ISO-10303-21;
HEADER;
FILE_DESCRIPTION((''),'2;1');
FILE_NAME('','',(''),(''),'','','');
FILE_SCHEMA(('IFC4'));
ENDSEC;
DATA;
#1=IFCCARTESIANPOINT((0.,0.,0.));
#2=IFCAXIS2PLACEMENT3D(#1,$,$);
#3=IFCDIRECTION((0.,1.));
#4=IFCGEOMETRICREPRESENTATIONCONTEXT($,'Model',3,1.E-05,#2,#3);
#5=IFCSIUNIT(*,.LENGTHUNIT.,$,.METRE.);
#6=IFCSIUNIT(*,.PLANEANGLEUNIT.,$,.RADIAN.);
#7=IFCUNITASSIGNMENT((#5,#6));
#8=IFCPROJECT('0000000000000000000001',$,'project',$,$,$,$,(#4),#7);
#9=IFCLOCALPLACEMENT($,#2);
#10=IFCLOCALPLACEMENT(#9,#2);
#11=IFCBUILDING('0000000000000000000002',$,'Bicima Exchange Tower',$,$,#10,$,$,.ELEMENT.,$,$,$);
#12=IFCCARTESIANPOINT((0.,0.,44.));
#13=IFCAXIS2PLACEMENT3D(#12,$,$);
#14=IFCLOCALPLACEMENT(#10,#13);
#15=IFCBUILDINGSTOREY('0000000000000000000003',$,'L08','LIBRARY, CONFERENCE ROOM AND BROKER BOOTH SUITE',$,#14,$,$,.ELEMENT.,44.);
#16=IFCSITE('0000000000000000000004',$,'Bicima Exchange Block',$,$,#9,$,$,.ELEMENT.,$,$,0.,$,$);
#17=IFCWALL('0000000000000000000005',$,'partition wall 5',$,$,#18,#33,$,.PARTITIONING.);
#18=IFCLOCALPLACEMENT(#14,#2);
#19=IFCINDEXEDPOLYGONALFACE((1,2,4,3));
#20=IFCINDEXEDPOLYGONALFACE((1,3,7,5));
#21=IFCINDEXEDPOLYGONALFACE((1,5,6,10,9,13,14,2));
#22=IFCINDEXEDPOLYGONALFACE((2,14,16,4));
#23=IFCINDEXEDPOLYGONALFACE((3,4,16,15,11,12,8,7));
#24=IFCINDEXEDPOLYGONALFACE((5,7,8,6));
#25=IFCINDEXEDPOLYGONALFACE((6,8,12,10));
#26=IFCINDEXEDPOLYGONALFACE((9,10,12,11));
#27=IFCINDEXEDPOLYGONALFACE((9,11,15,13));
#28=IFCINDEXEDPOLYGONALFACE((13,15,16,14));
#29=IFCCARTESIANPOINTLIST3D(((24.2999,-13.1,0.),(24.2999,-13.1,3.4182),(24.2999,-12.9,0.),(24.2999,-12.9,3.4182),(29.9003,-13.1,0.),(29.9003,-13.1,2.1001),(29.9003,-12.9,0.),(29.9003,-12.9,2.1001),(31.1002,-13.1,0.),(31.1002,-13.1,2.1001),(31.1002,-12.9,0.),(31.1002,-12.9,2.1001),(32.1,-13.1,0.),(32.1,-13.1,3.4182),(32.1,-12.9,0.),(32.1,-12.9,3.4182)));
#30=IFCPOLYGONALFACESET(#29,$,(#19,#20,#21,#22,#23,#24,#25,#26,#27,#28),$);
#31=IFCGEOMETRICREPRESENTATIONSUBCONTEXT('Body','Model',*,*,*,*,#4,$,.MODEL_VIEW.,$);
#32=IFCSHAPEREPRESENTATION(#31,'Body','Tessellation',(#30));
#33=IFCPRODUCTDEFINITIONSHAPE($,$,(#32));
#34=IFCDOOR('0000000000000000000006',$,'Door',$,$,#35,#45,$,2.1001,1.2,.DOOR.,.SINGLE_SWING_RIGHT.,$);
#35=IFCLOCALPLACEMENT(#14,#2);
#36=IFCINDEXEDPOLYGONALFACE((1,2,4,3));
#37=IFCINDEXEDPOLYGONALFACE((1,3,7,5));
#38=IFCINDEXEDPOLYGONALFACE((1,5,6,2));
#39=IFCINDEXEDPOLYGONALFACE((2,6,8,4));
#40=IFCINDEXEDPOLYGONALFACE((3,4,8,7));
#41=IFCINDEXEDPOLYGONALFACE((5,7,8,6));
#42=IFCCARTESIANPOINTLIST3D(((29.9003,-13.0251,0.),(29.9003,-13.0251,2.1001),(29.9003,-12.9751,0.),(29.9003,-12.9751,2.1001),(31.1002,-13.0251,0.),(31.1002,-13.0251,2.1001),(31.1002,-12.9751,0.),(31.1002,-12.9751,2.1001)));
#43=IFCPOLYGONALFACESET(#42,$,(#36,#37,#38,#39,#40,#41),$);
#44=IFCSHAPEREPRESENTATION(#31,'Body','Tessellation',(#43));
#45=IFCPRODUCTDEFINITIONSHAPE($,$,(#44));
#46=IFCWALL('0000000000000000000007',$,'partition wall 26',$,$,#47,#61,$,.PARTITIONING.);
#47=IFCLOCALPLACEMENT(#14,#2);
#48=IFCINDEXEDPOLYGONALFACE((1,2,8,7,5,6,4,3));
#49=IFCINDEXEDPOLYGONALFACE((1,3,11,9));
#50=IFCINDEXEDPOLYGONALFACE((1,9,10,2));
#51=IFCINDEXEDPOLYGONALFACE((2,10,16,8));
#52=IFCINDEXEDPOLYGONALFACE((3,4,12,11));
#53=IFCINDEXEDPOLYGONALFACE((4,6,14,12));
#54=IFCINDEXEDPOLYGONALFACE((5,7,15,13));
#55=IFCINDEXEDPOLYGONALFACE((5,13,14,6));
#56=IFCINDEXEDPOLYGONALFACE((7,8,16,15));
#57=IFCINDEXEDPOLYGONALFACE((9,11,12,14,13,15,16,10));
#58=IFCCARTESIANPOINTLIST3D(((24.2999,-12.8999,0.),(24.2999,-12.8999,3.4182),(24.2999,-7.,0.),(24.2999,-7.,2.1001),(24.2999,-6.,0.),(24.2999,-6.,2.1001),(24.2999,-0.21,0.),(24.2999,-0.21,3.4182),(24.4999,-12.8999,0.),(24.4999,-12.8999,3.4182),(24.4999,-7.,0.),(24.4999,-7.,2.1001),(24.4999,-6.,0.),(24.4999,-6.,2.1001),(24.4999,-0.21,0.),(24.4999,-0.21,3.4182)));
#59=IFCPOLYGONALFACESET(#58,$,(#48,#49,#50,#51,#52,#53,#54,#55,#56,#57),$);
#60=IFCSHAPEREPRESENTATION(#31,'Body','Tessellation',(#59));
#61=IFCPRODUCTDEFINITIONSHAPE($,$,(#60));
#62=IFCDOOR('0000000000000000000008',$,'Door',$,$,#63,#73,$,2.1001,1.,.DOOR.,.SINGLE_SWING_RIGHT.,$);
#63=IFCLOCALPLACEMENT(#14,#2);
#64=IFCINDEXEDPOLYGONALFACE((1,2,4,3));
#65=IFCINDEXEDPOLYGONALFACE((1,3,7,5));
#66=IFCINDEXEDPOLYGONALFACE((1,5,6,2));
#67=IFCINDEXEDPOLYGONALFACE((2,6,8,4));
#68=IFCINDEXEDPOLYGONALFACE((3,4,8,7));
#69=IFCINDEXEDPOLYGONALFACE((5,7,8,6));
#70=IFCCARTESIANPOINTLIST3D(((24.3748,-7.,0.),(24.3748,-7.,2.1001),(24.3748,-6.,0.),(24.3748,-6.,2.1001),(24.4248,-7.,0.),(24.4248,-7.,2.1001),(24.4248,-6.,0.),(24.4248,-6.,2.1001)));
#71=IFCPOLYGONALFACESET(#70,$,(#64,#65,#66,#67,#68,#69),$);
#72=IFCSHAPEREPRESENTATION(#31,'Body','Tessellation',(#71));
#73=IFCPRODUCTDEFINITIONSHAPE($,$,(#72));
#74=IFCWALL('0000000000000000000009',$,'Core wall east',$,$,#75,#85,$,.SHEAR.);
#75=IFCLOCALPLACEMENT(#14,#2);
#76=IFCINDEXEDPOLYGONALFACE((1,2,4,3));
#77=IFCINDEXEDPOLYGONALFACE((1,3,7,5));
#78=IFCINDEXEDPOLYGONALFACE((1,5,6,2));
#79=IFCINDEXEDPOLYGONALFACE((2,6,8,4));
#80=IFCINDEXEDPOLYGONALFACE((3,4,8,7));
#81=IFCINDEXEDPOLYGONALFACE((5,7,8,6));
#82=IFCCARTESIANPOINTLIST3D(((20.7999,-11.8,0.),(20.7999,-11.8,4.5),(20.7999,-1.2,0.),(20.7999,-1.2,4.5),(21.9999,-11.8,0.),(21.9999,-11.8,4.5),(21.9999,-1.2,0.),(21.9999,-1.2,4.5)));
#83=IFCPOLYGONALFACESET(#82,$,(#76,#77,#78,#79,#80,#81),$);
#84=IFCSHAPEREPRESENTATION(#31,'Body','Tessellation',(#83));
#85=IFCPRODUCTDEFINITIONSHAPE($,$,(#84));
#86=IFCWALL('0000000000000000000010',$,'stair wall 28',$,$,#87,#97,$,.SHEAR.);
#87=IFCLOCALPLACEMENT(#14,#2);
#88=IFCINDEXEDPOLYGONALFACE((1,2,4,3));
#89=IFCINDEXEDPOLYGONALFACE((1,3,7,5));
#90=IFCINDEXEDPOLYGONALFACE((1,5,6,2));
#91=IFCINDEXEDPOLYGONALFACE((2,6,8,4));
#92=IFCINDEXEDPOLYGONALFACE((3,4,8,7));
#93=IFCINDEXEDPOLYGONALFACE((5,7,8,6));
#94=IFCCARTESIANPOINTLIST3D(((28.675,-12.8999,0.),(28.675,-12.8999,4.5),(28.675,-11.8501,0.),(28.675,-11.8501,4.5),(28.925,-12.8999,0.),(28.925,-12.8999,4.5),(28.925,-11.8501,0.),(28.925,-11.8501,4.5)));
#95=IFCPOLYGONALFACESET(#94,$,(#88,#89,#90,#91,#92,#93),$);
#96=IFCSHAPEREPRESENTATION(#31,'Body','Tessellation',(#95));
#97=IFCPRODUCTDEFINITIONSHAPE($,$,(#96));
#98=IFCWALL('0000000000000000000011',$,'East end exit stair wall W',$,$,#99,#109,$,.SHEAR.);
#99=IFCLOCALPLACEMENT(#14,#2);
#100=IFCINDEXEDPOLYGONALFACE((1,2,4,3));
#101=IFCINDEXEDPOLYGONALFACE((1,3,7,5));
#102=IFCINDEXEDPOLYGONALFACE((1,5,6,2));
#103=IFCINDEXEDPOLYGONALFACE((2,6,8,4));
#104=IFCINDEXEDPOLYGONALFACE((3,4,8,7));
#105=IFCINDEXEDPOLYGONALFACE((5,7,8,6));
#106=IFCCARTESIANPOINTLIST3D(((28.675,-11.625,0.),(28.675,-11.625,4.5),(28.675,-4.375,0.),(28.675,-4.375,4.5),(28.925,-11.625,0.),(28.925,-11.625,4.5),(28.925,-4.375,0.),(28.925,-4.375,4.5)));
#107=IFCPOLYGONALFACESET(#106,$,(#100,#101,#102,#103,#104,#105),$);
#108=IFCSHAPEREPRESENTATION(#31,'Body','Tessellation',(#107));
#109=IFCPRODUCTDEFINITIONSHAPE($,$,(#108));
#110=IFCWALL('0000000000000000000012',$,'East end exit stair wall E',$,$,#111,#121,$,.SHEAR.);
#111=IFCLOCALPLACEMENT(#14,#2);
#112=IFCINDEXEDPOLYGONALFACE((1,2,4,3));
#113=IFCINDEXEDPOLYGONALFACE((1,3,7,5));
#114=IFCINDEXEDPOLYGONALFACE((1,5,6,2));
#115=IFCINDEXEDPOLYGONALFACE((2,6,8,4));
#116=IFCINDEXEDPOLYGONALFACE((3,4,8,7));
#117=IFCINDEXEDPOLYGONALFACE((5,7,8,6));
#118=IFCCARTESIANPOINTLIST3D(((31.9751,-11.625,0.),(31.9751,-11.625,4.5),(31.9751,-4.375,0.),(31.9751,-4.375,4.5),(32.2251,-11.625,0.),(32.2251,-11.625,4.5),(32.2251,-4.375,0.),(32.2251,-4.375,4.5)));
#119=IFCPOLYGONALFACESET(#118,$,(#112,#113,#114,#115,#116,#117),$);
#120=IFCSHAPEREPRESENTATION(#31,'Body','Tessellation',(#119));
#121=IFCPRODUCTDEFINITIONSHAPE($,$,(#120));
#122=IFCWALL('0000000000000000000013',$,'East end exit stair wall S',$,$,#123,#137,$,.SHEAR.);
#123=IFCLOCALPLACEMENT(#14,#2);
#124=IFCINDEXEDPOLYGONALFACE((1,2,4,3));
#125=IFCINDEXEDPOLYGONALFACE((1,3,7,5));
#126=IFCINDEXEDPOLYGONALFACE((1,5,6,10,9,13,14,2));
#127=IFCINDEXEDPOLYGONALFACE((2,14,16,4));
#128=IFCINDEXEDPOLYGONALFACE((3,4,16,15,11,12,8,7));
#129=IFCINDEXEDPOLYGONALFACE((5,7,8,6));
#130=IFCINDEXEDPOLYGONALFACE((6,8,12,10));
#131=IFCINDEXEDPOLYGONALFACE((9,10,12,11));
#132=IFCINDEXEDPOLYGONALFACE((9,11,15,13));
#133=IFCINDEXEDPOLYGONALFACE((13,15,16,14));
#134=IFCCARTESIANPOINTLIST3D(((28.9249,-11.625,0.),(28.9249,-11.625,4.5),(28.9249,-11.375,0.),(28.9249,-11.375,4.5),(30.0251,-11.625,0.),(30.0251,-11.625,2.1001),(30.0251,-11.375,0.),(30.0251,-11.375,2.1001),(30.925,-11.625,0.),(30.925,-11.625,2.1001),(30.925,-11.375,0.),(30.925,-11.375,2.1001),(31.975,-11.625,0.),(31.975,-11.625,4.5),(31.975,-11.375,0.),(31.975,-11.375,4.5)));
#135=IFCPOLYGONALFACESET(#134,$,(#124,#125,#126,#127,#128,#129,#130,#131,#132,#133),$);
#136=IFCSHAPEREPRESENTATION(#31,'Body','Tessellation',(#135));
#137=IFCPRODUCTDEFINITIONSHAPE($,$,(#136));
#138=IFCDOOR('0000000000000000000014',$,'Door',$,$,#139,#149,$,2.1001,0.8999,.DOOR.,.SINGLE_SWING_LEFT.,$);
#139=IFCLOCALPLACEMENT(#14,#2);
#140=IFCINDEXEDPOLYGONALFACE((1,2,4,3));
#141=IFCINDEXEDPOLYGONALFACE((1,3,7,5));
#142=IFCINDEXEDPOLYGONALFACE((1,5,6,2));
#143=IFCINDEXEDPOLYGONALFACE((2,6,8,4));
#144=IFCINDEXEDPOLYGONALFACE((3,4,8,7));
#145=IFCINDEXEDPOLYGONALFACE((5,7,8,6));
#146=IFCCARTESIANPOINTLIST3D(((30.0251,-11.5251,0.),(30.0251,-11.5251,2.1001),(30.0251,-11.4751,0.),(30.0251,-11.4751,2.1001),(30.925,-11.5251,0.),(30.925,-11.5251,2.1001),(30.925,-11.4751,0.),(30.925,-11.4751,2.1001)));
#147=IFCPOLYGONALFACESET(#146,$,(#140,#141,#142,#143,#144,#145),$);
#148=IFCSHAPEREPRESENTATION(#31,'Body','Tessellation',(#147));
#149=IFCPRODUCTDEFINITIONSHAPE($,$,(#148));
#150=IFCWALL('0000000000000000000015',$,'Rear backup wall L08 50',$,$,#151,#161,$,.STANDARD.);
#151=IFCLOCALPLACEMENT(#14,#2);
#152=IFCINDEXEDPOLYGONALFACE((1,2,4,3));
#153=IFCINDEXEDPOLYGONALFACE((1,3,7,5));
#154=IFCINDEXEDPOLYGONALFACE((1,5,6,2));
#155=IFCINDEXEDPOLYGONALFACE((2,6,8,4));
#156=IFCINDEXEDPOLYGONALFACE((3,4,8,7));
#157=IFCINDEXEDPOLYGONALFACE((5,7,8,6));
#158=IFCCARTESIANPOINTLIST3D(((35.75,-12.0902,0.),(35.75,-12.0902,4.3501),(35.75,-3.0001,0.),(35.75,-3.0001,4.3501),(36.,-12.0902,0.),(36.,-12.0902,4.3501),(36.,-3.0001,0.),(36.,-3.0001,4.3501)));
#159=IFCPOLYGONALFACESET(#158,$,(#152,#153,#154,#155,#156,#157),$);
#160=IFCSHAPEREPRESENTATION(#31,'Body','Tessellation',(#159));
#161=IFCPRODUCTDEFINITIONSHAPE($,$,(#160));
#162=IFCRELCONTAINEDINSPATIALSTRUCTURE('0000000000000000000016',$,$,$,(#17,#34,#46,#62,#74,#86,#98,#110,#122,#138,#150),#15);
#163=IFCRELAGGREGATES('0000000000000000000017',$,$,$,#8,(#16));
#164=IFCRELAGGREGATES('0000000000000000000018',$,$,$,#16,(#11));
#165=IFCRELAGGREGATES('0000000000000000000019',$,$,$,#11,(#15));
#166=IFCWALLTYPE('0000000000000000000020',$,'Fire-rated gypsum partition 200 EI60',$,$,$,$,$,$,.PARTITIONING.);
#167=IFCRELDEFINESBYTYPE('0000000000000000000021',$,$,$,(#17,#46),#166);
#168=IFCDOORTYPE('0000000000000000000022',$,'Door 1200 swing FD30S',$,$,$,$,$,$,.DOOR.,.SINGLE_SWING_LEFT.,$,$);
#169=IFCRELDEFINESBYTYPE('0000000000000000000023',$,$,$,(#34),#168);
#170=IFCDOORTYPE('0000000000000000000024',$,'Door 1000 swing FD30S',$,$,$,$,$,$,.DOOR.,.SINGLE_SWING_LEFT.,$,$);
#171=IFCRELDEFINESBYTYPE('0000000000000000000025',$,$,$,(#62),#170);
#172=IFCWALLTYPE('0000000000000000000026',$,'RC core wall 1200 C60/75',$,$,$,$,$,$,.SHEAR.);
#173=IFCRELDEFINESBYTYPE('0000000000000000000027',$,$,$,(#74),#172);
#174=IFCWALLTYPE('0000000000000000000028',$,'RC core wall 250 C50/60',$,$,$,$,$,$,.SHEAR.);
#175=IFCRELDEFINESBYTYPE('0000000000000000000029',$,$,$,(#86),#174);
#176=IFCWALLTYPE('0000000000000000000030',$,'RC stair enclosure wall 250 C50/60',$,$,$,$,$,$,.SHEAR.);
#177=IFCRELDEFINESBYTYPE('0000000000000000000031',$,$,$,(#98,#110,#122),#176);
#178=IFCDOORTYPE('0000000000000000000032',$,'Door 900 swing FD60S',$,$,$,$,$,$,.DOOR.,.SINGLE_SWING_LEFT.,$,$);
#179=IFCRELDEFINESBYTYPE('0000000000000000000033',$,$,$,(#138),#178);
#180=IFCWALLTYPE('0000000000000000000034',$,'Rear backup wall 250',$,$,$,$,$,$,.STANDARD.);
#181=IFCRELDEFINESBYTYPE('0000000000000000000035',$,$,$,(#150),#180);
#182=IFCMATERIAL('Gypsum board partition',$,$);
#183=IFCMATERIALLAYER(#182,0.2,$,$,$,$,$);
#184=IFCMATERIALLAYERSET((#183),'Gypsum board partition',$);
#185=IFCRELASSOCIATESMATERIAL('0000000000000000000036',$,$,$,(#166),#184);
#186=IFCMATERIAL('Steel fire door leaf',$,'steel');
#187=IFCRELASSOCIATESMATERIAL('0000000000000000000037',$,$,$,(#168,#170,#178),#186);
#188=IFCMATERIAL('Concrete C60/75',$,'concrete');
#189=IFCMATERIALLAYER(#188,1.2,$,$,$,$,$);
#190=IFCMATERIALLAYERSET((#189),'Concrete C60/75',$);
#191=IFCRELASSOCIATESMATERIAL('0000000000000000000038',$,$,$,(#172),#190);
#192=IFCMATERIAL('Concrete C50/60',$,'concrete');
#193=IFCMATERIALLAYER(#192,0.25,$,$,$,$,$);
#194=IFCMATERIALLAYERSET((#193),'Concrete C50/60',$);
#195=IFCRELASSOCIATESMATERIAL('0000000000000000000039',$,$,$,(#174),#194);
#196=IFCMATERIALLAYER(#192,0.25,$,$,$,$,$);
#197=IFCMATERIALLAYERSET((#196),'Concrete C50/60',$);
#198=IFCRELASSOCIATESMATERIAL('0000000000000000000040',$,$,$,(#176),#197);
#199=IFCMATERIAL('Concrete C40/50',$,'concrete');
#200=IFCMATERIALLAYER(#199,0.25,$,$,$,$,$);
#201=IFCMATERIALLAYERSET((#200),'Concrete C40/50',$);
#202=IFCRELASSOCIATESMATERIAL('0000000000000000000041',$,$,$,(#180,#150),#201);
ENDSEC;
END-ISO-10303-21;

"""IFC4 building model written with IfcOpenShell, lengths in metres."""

from ifc_helpers import new_model, si_unit, direction, frame, frame_2d, origin, place, context, subcontext, project, spatial, rectangle, extrude, material, layer, layer_set, layer_usage, type_object, element, fill, save


model = new_model("IFC4")

# Units and contexts
model_context = context("Model", 3, precision=1e-05, world=origin(), true_north=direction((0.0, 1.0)))
body_context = subcontext(model_context, "Body", "Model", "MODEL_VIEW")
ifc_project = project(units=[si_unit("LENGTHUNIT", "METRE"), si_unit("PLANEANGLEUNIT", "RADIAN")], contexts=[model_context])

# Site, building, storey
site_placement = place(None, origin())
site = spatial("IfcSite", under=ifc_project, at=site_placement, Name="Bicima Exchange Block", CompositionType="ELEMENT", RefElevation=0.0)
building_placement = place(site_placement, origin())
building = spatial("IfcBuilding", under=site, at=building_placement, Name="Bicima Exchange Tower", CompositionType="ELEMENT")
storey_placement = place(building_placement, frame((0.0, 0.0, 44.0)))
storey = spatial("IfcBuildingStorey", under=building, at=storey_placement, Name="L08", Description="LIBRARY, CONFERENCE ROOM AND BROKER BOOTH SUITE", CompositionType="ELEMENT", Elevation=44.0)

# Walls, openings, doors
ifc_material_1 = material(Name="Gypsum board partition")
ifc_layer_1 = layer(ifc_material_1, 0.2)
ifc_layer_set_1 = layer_set([ifc_layer_1], Name="Gypsum board partition")
wall_type_1 = type_object("IfcWallType", Name="Fire-rated gypsum partition 200 EI60", PredefinedType="PARTITIONING", material=ifc_layer_set_1)
wall_1_placement = place(storey_placement, frame((24.3, -13.0, 0.0), z_axis=(0.0, 0.0, 1.0), x_axis=(1.0, 0.0, 0.0)))
wall_1 = element("IfcWall", 1, at=wall_1_placement, inside=storey, type_object=wall_type_1, Name="partition wall 5", PredefinedType="PARTITIONING", context=body_context, shape_type="SweptSolid", body=[
    extrude(rectangle(XDim=7.8, YDim=0.2, at=frame_2d((3.8999, 0.0))), origin(), (0.0, 0.0, 1.0), 3.4182),
])
opening_1_placement = place(wall_1_placement, frame((5.6001, 0.0, 0.0)))
opening_1 = element("IfcOpeningElement", 2, at=opening_1_placement, cuts=wall_1, PredefinedType="OPENING", context=body_context, shape_type="SweptSolid", body=[
    extrude(rectangle(XDim=1.2, YDim=2.1001, at=frame_2d((0.6001, 1.05))), frame((0.0, 0.1118, 0.0), z_axis=(0.0, -1.0, 0.0), x_axis=(1.0, 0.0, 0.0)), (0.0, 0.0, 1.0), 0.2239),
])
ifc_material_2 = material(Name="Steel fire door leaf", Category="steel")
door_type_1 = type_object("IfcDoorType", Name="Door 1200 swing FD30S", OperationType="SINGLE_SWING_LEFT", PredefinedType="DOOR", material=ifc_material_2)
door_1_placement = place(opening_1_placement, origin())
door_1 = element("IfcDoor", 3, at=door_1_placement, inside=storey, type_object=door_type_1, Name="Door", OperationType="SINGLE_SWING_RIGHT", OverallHeight=2.1001, OverallWidth=1.2, PredefinedType="DOOR", context=body_context, shape_type="SweptSolid", body=[
    extrude(rectangle(XDim=1.2, YDim=2.1001, at=frame_2d((0.6001, 1.05))), frame((0.0, 0.0249, 0.0), z_axis=(0.0, -1.0, 0.0), x_axis=(1.0, 0.0, 0.0)), (0.0, 0.0, 1.0), 0.05),
])
fill(opening_1, door_1)
wall_2_placement = place(storey_placement, frame((24.3999, -12.8999, 0.0), z_axis=(0.0, 0.0, 1.0), x_axis=(0.0, 1.0, 0.0)))
wall_2 = element("IfcWall", 4, at=wall_2_placement, inside=storey, type_object=wall_type_1, Name="partition wall 26", PredefinedType="PARTITIONING", context=body_context, shape_type="SweptSolid", body=[
    extrude(rectangle(XDim=12.6899, YDim=0.2, at=frame_2d((6.345, 0.0))), origin(), (0.0, 0.0, 1.0), 3.4182),
])
opening_2_placement = place(wall_2_placement, frame((5.8999, 0.0, 0.0)))
opening_2 = element("IfcOpeningElement", 5, at=opening_2_placement, cuts=wall_2, PredefinedType="OPENING", context=body_context, shape_type="SweptSolid", body=[
    extrude(rectangle(XDim=1.0, YDim=2.1001, at=frame_2d((0.5, 1.05))), frame((0.0, 0.1118, 0.0), z_axis=(0.0, -1.0, 0.0), x_axis=(1.0, 0.0, 0.0)), (0.0, 0.0, 1.0), 0.2239),
])
door_type_2 = type_object("IfcDoorType", Name="Door 1000 swing FD30S", OperationType="SINGLE_SWING_LEFT", PredefinedType="DOOR", material=ifc_material_2)
door_2_placement = place(opening_2_placement, frame((1.0, 0.0, 0.0), z_axis=(0.0, 0.0, 1.0), x_axis=(-1.0, 0.0, 0.0)))
door_2 = element("IfcDoor", 6, at=door_2_placement, inside=storey, type_object=door_type_2, Name="Door", OperationType="SINGLE_SWING_RIGHT", OverallHeight=2.1001, OverallWidth=1.0, PredefinedType="DOOR", context=body_context, shape_type="SweptSolid", body=[
    extrude(rectangle(XDim=1.0, YDim=2.1001, at=frame_2d((0.5, 1.05))), frame((0.0, 0.0249, 0.0), z_axis=(0.0, -1.0, 0.0), x_axis=(1.0, 0.0, 0.0)), (0.0, 0.0, 1.0), 0.05),
])
fill(opening_2, door_2)

# Walls
ifc_material_3 = material(Name="Concrete C60/75", Category="concrete")
ifc_layer_2 = layer(ifc_material_3, 1.2)
ifc_layer_set_2 = layer_set([ifc_layer_2], Name="Concrete C60/75")
wall_type_2 = type_object("IfcWallType", Name="RC core wall 1200 C60/75", PredefinedType="SHEAR", material=ifc_layer_set_2)
wall_3_placement = place(storey_placement, frame((21.3999, -11.8, 0.0), z_axis=(0.0, 0.0, 1.0), x_axis=(0.0, 1.0, 0.0)))
element("IfcWall", 7, at=wall_3_placement, inside=storey, type_object=wall_type_2, Name="Core wall east", PredefinedType="SHEAR", context=body_context, shape_type="SweptSolid", body=[
    extrude(rectangle(XDim=10.6001, YDim=1.2, at=frame_2d((5.3, 0.0))), origin(), (0.0, 0.0, 1.0), 4.5),
])
ifc_material_4 = material(Name="Concrete C50/60", Category="concrete")
ifc_layer_3 = layer(ifc_material_4, 0.25)
ifc_layer_set_3 = layer_set([ifc_layer_3], Name="Concrete C50/60")
wall_type_3 = type_object("IfcWallType", Name="RC core wall 250 C50/60", PredefinedType="SHEAR", material=ifc_layer_set_3)
wall_4_placement = place(storey_placement, frame((28.8, -12.8999, 0.0), z_axis=(0.0, 0.0, 1.0), x_axis=(0.0, 1.0, 0.0)))
element("IfcWall", 8, at=wall_4_placement, inside=storey, type_object=wall_type_3, Name="stair wall 28", PredefinedType="SHEAR", context=body_context, shape_type="SweptSolid", body=[
    extrude(rectangle(XDim=1.0498, YDim=0.25, at=frame_2d((0.5249, 0.0))), origin(), (0.0, 0.0, 1.0), 4.5),
])
ifc_layer_4 = layer(ifc_material_4, 0.25)
ifc_layer_set_4 = layer_set([ifc_layer_4], Name="Concrete C50/60")
wall_type_4 = type_object("IfcWallType", Name="RC stair enclosure wall 250 C50/60", PredefinedType="SHEAR", material=ifc_layer_set_4)
for number, where, z_axis, x_axis, name in (
    (9, (28.8, -11.625, 0.0), (0.0, 0.0, 1.0), (0.0, 1.0, 0.0), "East end exit stair wall W"),
    (10, (32.1001, -11.625, 0.0), (0.0, 0.0, 1.0), (0.0, 1.0, 0.0), "East end exit stair wall E"),
):
    element("IfcWall", number, at=place(storey_placement, frame(where, z_axis=z_axis, x_axis=x_axis)), inside=storey, type_object=wall_type_4, Name=name, PredefinedType="SHEAR", context=body_context, shape_type="SweptSolid", body=[
        extrude(rectangle(XDim=7.25, YDim=0.25, at=frame_2d((3.625, 0.0))), origin(), (0.0, 0.0, 1.0), 4.5),
    ])

# Wall, opening, door
wall_5_placement = place(storey_placement, frame((28.925, -11.5, 0.0), z_axis=(0.0, 0.0, 1.0), x_axis=(1.0, 0.0, 0.0)))
wall_5 = element("IfcWall", 11, at=wall_5_placement, inside=storey, type_object=wall_type_4, Name="East end exit stair wall S", PredefinedType="SHEAR", context=body_context, shape_type="SweptSolid", body=[
    extrude(rectangle(XDim=3.05, YDim=0.25, at=frame_2d((1.5249, 0.0))), origin(), (0.0, 0.0, 1.0), 4.5),
])
opening_3_placement = place(wall_5_placement, frame((1.1001, 0.0, 0.0)))
opening_3 = element("IfcOpeningElement", 12, at=opening_3_placement, cuts=wall_5, PredefinedType="OPENING", context=body_context, shape_type="SweptSolid", body=[
    extrude(rectangle(XDim=0.8999, YDim=2.1001, at=frame_2d((0.45, 1.05))), frame((0.0, 0.137, 0.0), z_axis=(0.0, -1.0, 0.0), x_axis=(1.0, 0.0, 0.0)), (0.0, 0.0, 1.0), 0.2739),
])
door_type_3 = type_object("IfcDoorType", Name="Door 900 swing FD60S", OperationType="SINGLE_SWING_LEFT", PredefinedType="DOOR", material=ifc_material_2)
door_3_placement = place(opening_3_placement, origin())
door_3 = element("IfcDoor", 13, at=door_3_placement, inside=storey, type_object=door_type_3, Name="Door", OperationType="SINGLE_SWING_LEFT", OverallHeight=2.1001, OverallWidth=0.8999, PredefinedType="DOOR", context=body_context, shape_type="SweptSolid", body=[
    extrude(rectangle(XDim=0.8999, YDim=2.1001, at=frame_2d((0.45, 1.05))), frame((0.0, 0.0249, 0.0), z_axis=(0.0, -1.0, 0.0), x_axis=(1.0, 0.0, 0.0)), (0.0, 0.0, 1.0), 0.05),
])
fill(opening_3, door_3)

# Wall
ifc_material_5 = material(Name="Concrete C40/50", Category="concrete")
ifc_layer_5 = layer(ifc_material_5, 0.25)
ifc_layer_set_5 = layer_set([ifc_layer_5], Name="Concrete C40/50")
ifc_layer_usage = layer_usage(ifc_layer_set_5, "AXIS2", "POSITIVE", -0.125)
wall_type_5 = type_object("IfcWallType", Name="Rear backup wall 250", PredefinedType="STANDARD", material=ifc_layer_set_5)
wall_6_placement = place(storey_placement, frame((35.875, -12.0901, 0.0), z_axis=(0.0, 0.0, 1.0), x_axis=(0.0, 1.0, 0.0)))
element("IfcWall", 14, at=wall_6_placement, inside=storey, type_object=wall_type_5, material=ifc_layer_usage, Name="Rear backup wall L08 50", PredefinedType="STANDARD", context=body_context, shape_type="SweptSolid", body=[
    extrude(rectangle(XDim=9.0901, YDim=0.25, at=frame_2d((4.5449, 0.0))), origin(), (0.0, 0.0, 1.0), 4.3501),
])

save(model, "model.ifc")
